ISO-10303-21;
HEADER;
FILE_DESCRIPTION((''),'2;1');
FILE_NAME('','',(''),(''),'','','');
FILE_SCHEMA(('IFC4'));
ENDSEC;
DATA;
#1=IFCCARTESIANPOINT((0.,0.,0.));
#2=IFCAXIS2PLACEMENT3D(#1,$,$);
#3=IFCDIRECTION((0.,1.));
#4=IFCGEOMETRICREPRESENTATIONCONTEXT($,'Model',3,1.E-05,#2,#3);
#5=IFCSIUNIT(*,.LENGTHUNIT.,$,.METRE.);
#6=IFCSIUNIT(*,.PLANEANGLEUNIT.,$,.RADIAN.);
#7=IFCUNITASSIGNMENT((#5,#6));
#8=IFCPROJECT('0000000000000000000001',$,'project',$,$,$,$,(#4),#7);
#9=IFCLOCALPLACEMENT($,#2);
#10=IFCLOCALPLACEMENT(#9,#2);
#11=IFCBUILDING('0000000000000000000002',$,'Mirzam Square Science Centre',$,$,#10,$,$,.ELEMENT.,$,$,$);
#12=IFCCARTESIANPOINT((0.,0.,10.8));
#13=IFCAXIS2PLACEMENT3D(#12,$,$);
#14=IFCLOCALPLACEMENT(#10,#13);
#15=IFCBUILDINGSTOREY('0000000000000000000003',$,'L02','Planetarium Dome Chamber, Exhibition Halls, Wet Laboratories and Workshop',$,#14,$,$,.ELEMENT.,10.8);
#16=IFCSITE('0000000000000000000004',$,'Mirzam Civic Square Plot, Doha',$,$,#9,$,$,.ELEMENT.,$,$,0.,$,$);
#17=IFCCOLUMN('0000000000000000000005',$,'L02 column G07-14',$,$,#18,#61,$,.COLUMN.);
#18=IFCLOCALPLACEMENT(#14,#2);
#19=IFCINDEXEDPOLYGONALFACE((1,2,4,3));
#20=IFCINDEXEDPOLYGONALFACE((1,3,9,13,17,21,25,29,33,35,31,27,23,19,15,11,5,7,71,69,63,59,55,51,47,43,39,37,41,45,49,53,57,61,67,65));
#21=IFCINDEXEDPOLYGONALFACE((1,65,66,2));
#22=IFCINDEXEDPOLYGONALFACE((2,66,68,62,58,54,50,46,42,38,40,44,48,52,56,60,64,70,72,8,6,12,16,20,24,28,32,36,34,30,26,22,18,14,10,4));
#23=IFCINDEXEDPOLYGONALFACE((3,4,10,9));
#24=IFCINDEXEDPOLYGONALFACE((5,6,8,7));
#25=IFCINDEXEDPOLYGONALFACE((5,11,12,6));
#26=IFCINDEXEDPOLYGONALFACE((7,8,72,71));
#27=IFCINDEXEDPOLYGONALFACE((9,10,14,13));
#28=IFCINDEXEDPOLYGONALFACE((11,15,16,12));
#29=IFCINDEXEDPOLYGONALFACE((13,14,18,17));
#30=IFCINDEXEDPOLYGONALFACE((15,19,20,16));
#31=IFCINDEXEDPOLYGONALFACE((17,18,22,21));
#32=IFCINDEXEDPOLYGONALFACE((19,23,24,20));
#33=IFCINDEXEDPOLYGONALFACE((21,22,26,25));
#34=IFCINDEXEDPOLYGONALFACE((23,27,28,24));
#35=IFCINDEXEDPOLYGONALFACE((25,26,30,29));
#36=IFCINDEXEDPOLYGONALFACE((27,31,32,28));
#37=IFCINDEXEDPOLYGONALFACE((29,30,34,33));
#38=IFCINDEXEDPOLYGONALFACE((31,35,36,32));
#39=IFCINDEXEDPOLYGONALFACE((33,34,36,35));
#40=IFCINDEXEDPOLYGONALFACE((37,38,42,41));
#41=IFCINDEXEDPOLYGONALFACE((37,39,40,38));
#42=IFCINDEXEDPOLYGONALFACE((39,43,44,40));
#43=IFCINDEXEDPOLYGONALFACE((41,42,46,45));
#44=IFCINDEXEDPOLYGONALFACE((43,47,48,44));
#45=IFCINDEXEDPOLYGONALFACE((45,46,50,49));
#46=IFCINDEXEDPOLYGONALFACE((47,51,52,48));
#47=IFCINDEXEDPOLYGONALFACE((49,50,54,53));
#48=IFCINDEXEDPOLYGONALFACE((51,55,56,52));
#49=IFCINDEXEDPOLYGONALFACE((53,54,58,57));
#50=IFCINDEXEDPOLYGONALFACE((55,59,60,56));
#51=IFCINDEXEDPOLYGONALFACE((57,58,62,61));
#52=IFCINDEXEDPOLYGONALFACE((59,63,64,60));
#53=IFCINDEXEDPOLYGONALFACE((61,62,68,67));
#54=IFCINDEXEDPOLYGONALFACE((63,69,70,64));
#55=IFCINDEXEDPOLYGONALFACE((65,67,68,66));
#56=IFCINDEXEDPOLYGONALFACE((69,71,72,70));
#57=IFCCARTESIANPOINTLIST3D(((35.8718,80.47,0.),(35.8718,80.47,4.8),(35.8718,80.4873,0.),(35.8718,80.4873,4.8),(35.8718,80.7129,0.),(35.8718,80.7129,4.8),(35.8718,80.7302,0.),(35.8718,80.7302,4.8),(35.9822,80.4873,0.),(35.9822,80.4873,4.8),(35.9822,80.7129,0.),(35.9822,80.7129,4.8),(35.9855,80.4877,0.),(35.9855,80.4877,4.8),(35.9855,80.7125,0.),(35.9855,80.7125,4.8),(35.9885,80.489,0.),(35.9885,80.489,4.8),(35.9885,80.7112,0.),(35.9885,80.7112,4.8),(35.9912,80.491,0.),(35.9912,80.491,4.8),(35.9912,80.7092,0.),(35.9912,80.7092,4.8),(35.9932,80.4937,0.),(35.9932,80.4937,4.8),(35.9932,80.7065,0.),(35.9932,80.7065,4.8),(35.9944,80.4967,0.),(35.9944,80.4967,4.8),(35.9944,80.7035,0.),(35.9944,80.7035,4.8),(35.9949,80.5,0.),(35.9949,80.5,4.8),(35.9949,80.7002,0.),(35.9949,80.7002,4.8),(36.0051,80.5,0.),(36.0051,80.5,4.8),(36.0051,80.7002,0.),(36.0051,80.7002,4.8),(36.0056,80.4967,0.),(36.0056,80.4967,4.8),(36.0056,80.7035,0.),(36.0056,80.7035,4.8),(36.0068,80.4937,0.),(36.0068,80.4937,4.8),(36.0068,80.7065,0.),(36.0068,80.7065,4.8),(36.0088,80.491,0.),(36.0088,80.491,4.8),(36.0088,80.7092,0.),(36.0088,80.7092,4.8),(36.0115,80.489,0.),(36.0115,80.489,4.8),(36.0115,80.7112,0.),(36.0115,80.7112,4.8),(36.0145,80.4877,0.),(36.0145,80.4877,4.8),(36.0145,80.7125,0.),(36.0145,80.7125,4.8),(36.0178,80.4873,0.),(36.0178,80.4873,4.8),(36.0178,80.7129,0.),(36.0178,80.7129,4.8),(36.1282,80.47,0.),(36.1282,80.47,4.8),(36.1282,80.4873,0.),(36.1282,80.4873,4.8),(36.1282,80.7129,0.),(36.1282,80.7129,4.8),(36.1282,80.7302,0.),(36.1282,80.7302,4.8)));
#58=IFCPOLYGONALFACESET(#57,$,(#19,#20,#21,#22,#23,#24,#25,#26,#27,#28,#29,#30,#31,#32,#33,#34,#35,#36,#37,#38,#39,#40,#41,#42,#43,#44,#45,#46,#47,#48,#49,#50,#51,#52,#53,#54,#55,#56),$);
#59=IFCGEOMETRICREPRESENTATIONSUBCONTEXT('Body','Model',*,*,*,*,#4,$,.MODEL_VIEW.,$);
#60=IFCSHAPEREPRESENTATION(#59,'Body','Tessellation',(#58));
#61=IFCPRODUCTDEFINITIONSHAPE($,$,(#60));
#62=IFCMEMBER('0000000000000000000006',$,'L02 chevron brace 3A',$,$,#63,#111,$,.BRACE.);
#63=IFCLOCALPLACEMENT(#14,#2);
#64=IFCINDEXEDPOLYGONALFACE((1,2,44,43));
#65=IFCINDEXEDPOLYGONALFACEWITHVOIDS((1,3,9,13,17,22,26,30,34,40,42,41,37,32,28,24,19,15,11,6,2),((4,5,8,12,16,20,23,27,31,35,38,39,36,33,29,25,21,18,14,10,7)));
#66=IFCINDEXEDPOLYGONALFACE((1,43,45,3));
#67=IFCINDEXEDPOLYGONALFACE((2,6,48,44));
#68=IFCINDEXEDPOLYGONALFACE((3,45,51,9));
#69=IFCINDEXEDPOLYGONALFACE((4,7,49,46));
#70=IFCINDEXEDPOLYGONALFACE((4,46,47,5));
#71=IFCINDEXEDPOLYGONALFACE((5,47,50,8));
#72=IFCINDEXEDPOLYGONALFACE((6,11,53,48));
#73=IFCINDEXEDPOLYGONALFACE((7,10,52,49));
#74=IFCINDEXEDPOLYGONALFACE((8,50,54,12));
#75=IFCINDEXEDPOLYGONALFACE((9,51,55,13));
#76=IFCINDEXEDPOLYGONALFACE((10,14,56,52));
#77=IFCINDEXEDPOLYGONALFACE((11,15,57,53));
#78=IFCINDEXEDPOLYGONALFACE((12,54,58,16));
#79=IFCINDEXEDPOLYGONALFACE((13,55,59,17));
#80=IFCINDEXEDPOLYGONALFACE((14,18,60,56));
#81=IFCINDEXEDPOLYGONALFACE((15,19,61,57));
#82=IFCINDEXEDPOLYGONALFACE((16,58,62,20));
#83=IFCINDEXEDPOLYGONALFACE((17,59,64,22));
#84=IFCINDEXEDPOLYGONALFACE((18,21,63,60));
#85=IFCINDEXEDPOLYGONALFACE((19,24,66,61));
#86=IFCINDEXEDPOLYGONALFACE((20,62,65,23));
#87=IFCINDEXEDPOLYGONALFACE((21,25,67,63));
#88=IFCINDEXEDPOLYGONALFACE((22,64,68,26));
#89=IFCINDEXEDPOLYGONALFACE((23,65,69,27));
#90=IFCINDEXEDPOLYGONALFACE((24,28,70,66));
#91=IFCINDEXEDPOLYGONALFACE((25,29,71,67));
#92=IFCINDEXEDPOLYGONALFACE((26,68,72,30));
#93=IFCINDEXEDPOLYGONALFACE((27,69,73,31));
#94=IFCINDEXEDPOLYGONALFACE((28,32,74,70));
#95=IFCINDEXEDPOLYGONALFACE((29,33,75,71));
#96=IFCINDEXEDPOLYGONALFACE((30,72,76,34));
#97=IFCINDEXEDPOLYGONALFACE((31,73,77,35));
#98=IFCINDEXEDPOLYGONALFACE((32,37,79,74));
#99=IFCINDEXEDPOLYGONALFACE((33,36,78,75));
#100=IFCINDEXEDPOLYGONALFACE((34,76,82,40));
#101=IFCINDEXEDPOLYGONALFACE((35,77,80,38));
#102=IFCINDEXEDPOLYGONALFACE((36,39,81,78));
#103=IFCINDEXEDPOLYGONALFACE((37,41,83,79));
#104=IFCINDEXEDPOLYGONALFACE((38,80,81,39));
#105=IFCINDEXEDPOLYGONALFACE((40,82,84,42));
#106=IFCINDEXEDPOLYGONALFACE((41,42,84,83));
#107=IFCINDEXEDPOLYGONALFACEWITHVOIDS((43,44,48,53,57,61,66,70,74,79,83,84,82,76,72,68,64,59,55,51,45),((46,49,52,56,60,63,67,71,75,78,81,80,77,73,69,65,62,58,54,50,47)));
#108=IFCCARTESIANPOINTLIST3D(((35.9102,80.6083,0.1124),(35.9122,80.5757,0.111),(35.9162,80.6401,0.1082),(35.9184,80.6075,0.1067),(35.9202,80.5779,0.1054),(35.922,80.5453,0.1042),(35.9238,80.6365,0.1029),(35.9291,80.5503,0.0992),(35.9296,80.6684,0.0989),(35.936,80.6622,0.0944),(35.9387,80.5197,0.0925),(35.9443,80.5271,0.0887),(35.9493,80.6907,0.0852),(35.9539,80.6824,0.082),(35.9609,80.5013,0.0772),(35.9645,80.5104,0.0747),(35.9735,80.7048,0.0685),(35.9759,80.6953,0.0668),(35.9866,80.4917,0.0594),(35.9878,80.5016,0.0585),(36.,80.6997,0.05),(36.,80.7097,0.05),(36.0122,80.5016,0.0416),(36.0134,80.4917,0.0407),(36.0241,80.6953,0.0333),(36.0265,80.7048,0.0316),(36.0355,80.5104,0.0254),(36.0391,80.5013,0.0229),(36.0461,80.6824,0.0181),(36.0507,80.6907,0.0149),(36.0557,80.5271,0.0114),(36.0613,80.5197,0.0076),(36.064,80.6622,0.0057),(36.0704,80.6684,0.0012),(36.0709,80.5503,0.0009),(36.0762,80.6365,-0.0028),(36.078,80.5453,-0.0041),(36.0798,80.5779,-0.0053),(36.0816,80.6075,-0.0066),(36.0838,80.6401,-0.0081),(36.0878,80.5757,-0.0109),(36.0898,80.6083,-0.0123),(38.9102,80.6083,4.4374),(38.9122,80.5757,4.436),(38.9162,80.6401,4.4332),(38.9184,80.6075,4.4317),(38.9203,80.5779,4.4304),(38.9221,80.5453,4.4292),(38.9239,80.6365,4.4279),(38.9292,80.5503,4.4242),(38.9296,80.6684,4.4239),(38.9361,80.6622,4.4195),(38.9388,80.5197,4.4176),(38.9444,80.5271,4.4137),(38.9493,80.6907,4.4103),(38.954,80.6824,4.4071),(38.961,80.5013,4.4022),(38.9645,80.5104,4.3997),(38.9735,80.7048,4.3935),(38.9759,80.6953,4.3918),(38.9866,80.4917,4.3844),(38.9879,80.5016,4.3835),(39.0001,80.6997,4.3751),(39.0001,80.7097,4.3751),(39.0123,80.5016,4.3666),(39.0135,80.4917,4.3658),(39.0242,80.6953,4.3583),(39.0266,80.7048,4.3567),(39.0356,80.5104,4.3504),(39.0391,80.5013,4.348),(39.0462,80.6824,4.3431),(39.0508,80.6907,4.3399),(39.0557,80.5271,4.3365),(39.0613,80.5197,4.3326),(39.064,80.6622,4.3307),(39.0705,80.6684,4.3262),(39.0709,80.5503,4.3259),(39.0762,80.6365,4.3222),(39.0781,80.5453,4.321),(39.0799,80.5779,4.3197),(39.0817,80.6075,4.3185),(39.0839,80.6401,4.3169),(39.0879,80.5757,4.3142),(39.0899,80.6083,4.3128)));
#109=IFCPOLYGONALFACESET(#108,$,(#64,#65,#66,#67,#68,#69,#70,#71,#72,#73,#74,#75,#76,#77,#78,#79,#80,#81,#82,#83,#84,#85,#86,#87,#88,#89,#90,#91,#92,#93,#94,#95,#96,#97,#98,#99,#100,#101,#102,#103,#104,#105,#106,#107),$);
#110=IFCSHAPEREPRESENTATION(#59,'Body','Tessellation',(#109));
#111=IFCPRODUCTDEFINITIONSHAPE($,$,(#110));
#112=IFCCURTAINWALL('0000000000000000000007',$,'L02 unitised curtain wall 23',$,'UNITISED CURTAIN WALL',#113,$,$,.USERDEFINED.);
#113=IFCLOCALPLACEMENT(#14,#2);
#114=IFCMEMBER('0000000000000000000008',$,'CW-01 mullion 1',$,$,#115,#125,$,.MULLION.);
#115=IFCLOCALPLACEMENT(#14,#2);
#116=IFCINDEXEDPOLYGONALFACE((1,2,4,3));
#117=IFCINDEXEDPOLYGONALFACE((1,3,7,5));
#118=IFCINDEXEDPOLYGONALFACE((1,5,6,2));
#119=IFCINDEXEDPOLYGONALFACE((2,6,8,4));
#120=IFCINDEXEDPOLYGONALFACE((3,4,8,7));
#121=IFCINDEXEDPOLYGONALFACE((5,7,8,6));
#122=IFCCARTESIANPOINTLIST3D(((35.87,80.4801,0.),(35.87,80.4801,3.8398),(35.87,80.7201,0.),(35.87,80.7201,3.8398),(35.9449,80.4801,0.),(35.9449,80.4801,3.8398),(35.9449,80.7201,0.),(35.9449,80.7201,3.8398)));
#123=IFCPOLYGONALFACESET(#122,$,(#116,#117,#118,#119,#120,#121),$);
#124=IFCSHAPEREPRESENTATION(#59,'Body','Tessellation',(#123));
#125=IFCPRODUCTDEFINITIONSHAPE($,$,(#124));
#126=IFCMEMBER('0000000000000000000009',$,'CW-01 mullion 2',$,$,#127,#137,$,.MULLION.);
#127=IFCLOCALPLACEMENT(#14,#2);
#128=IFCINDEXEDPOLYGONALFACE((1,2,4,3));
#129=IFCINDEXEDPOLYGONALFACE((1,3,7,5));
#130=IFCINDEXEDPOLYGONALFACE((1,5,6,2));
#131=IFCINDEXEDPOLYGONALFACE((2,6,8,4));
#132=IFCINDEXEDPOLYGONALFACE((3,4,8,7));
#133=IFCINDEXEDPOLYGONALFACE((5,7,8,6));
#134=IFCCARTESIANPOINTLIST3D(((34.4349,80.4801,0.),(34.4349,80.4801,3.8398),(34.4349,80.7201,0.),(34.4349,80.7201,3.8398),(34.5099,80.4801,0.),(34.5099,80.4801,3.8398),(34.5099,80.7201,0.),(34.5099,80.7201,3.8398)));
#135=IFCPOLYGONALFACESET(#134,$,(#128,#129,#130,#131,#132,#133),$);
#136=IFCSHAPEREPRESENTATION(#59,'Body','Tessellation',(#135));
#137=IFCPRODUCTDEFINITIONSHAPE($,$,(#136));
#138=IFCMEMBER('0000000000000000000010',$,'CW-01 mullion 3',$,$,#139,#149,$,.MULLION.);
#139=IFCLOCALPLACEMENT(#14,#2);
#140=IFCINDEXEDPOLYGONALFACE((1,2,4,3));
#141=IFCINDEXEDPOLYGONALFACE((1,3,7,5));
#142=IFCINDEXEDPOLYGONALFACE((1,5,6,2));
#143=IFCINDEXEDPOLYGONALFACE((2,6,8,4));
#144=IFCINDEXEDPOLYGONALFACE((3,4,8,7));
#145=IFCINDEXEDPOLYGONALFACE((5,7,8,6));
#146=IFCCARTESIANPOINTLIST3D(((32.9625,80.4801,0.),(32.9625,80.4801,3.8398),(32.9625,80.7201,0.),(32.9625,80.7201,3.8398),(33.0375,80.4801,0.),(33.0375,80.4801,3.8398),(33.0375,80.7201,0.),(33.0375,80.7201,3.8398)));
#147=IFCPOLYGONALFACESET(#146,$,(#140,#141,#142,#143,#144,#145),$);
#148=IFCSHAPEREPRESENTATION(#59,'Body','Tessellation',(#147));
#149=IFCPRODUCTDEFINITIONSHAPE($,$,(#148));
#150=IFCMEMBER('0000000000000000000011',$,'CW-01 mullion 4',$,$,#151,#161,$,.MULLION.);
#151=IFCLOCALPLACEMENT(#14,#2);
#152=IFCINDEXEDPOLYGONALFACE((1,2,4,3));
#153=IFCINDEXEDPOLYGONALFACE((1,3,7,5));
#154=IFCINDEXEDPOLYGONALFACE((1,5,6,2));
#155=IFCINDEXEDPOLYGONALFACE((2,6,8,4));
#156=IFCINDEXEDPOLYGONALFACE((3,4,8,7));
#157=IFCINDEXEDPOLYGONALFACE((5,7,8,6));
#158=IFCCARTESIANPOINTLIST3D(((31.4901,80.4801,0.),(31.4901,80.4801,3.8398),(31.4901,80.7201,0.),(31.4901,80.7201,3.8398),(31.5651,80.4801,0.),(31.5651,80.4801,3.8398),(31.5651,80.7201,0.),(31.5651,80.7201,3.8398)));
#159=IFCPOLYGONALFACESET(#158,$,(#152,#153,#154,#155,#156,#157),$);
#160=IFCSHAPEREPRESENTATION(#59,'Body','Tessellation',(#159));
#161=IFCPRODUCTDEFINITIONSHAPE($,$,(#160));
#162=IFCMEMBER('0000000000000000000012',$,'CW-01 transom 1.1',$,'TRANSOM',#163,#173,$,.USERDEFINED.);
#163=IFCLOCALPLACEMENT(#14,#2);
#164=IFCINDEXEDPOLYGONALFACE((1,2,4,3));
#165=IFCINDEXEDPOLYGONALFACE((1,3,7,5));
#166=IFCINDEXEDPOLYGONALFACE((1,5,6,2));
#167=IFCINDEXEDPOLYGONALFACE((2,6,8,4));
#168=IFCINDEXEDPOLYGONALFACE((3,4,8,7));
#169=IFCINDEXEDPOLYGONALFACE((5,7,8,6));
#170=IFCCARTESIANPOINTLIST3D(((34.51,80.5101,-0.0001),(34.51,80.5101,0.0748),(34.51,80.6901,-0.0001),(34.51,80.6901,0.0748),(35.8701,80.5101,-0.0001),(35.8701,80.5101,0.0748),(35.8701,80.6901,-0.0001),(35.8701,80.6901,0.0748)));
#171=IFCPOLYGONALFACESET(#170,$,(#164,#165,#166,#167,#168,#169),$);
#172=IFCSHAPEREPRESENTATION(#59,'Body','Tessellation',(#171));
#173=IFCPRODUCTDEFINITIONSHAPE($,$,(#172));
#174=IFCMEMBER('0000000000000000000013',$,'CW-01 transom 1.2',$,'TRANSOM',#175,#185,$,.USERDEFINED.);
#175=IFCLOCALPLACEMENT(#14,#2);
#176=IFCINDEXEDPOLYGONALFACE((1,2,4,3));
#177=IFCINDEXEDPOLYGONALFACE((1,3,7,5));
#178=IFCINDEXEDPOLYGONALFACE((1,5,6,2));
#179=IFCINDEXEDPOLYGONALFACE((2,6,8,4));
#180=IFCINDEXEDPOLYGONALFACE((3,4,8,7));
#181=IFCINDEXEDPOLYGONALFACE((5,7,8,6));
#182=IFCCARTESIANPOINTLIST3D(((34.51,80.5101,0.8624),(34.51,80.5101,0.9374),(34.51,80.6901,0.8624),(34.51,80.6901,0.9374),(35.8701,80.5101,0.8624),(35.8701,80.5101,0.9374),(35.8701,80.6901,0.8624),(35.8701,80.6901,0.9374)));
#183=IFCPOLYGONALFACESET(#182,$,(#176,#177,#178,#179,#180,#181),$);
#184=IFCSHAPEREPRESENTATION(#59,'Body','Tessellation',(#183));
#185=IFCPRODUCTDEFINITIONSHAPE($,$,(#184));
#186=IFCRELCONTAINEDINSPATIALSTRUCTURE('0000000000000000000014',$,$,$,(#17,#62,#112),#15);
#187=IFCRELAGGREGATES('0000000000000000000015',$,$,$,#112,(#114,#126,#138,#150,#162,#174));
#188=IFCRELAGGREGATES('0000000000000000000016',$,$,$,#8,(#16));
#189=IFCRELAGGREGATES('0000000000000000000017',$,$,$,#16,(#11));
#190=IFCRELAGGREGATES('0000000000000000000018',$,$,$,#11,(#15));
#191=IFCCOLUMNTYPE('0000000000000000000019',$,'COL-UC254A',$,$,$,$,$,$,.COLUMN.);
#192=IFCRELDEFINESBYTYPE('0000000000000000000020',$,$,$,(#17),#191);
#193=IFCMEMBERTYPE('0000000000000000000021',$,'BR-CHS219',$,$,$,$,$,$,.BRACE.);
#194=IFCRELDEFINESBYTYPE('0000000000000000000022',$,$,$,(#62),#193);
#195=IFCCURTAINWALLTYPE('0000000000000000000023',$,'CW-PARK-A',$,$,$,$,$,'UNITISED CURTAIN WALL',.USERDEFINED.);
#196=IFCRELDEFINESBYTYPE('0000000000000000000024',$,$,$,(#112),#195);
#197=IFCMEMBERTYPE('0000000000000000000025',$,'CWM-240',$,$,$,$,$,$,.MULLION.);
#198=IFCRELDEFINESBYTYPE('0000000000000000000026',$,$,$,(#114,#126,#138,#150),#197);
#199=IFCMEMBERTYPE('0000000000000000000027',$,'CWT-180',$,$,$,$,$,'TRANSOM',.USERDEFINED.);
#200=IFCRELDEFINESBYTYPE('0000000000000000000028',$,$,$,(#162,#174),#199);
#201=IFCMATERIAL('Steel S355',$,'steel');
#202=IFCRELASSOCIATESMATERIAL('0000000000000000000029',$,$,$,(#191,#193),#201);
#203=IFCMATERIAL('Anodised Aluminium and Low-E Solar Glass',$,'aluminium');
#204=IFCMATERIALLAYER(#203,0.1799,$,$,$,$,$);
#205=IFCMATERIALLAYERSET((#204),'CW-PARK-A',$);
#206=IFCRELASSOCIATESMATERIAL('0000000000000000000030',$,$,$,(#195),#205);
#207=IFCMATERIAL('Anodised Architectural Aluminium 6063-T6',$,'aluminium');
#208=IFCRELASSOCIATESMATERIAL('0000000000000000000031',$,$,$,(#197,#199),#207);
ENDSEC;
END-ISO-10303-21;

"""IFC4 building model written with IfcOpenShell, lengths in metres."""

from ifc_helpers import new_model, si_unit, direction, frame, origin, origin_2d, place, context, subcontext, project, spatial, rectangle, hollow_circle, i_section, extrude, material, layer, layer_set, material_profile, profile_set, type_object, element, aggregate, save


model = new_model("IFC4")

# Units and contexts
model_context = context("Model", 3, precision=1e-05, world=origin(), true_north=direction((0.0, 1.0)))
body_context = subcontext(model_context, "Body", "Model", "MODEL_VIEW")
ifc_project = project(units=[si_unit("LENGTHUNIT", "METRE"), si_unit("PLANEANGLEUNIT", "RADIAN")], contexts=[model_context])

# Site, building, storey
site_placement = place(None, origin())
site = spatial("IfcSite", under=ifc_project, at=site_placement, Name="Mirzam Civic Square Plot, Doha", CompositionType="ELEMENT", RefElevation=0.0)
building_placement = place(site_placement, origin())
building = spatial("IfcBuilding", under=site, at=building_placement, Name="Mirzam Square Science Centre", CompositionType="ELEMENT")
storey_placement = place(building_placement, frame((0.0, 0.0, 10.8)))
storey = spatial("IfcBuildingStorey", under=building, at=storey_placement, Name="L02", Description="Planetarium Dome Chamber, Exhibition Halls, Wet Laboratories and Workshop", CompositionType="ELEMENT", Elevation=10.8)

# Column
ifc_material_1 = material(Name="Steel S355", Category="steel")
ifc_material_profile_1 = material_profile(ifc_material_1, i_section(OverallWidth=0.2563, OverallDepth=0.2603, WebThickness=0.0103, FlangeThickness=0.0173, FilletRadius=0.0127, at=origin_2d()), Name="254x254x89UC")
ifc_profile_set_1 = profile_set([ifc_material_profile_1], Name="Steel S355")
column_type = type_object("IfcColumnType", Name="COL-UC254A", PredefinedType="COLUMN", material=ifc_profile_set_1)
column_placement = place(storey_placement, frame((36.0, 80.6001, 0.0), z_axis=(0.0, 0.0, 1.0), x_axis=(1.0, 0.0, 0.0)))
element("IfcColumn", 1, at=column_placement, inside=storey, type_object=column_type, Name="L02 column G07-14", PredefinedType="COLUMN", context=body_context, shape_type="SweptSolid", body=[
    extrude(i_section(OverallWidth=0.2563, OverallDepth=0.2603, WebThickness=0.0103, FlangeThickness=0.0173, FilletRadius=0.0127, at=origin_2d()), origin(), (0.0, 0.0, 1.0), 4.8),
])

# Member
ifc_material_profile_2 = material_profile(ifc_material_1, hollow_circle(Radius=0.1096, WallThickness=0.01, at=origin_2d()), Name="219.1x10.0CHS")
ifc_profile_set_2 = profile_set([ifc_material_profile_2], Name="Steel S355")
member_type_1 = type_object("IfcMemberType", Name="BR-CHS219", PredefinedType="BRACE", material=ifc_profile_set_2)
member_1_placement = place(storey_placement, frame((36.0, 80.6001, 0.05), z_axis=(0.569955, 0.0, 0.821676), x_axis=(0.0, 1.0, 0.0)))
element("IfcMember", 2, at=member_1_placement, inside=storey, type_object=member_type_1, Name="L02 chevron brace 3A", PredefinedType="BRACE", context=body_context, shape_type="SweptSolid", body=[
    extrude(hollow_circle(Radius=0.1096, WallThickness=0.01, at=origin_2d()), origin(), (0.0, 0.0, 1.0), 5.2637),
])

# Curtain wall, members
ifc_material_2 = material(Name="Anodised Aluminium and Low-E Solar Glass", Category="aluminium")
ifc_layer_1 = layer(ifc_material_2, 0.1799)
ifc_layer_set_1 = layer_set([ifc_layer_1], Name="CW-PARK-A")
curtain_wall_type = type_object("IfcCurtainWallType", Name="CW-PARK-A", ElementType="UNITISED CURTAIN WALL", PredefinedType="USERDEFINED", material=ifc_layer_set_1)
curtain_wall_placement = place(storey_placement, origin())
curtain_wall = element("IfcCurtainWall", 3, at=curtain_wall_placement, inside=storey, type_object=curtain_wall_type, Name="L02 unitised curtain wall 23", ObjectType="UNITISED CURTAIN WALL", PredefinedType="USERDEFINED")
ifc_material_3 = material(Name="Anodised Architectural Aluminium 6063-T6", Category="aluminium")
ifc_material_profile_3 = material_profile(ifc_material_3, rectangle(XDim=0.075, YDim=0.24, at=origin_2d()), Name="ALU-MULL-240x75x5")
ifc_profile_set_3 = profile_set([ifc_material_profile_3], Name="Anodised Architectural Aluminium 6063-T6")
member_type_2 = type_object("IfcMemberType", Name="CWM-240", PredefinedType="MULLION", material=ifc_profile_set_3)
member_2_placement = place(storey_placement, frame((35.9075, 80.6001, 0.0), z_axis=(0.0, 0.0, 1.0), x_axis=(-1.0, 0.0, 0.0)))
member_2 = element("IfcMember", 4, at=member_2_placement, type_object=member_type_2, Name="CW-01 mullion 1", PredefinedType="MULLION", context=body_context, shape_type="SweptSolid", body=[
    extrude(rectangle(XDim=0.075, YDim=0.24, at=origin_2d()), origin(), (0.0, 0.0, 1.0), 3.8398),
])
member_3_placement = place(storey_placement, frame((34.4724, 80.6001, 0.0), z_axis=(0.0, 0.0, 1.0), x_axis=(-1.0, 0.0, 0.0)))
member_3 = element("IfcMember", 5, at=member_3_placement, type_object=member_type_2, Name="CW-01 mullion 2", PredefinedType="MULLION", context=body_context, shape_type="SweptSolid", body=[
    extrude(rectangle(XDim=0.075, YDim=0.24, at=origin_2d()), origin(), (0.0, 0.0, 1.0), 3.8398),
])
member_4_placement = place(storey_placement, frame((33.0, 80.6001, 0.0), z_axis=(0.0, 0.0, 1.0), x_axis=(-1.0, 0.0, 0.0)))
member_4 = element("IfcMember", 6, at=member_4_placement, type_object=member_type_2, Name="CW-01 mullion 3", PredefinedType="MULLION", context=body_context, shape_type="SweptSolid", body=[
    extrude(rectangle(XDim=0.075, YDim=0.24, at=origin_2d()), origin(), (0.0, 0.0, 1.0), 3.8398),
])
member_5_placement = place(storey_placement, frame((31.5276, 80.6001, 0.0), z_axis=(0.0, 0.0, 1.0), x_axis=(-1.0, 0.0, 0.0)))
member_5 = element("IfcMember", 7, at=member_5_placement, type_object=member_type_2, Name="CW-01 mullion 4", PredefinedType="MULLION", context=body_context, shape_type="SweptSolid", body=[
    extrude(rectangle(XDim=0.075, YDim=0.24, at=origin_2d()), origin(), (0.0, 0.0, 1.0), 3.8398),
])
ifc_material_profile_4 = material_profile(ifc_material_3, rectangle(XDim=0.1799, YDim=0.075, at=origin_2d()), Name="ALU-TRAN-180x75x5")
ifc_profile_set_4 = profile_set([ifc_material_profile_4], Name="Anodised Architectural Aluminium 6063-T6")
member_type_3 = type_object("IfcMemberType", Name="CWT-180", ElementType="TRANSOM", PredefinedType="USERDEFINED", material=ifc_profile_set_4)
member_6_placement = place(storey_placement, frame((35.8701, 80.6001, 0.0374), z_axis=(-1.0, 0.0, 0.0), x_axis=(0.0, -1.0, 0.0)))
member_6 = element("IfcMember", 8, at=member_6_placement, type_object=member_type_3, Name="CW-01 transom 1.1", ObjectType="TRANSOM", PredefinedType="USERDEFINED", context=body_context, shape_type="SweptSolid", body=[
    extrude(rectangle(XDim=0.1799, YDim=0.075, at=origin_2d()), origin(), (0.0, 0.0, 1.0), 1.3601),
])
member_7_placement = place(storey_placement, frame((35.8701, 80.6001, 0.8999), z_axis=(-1.0, 0.0, 0.0), x_axis=(0.0, -1.0, 0.0)))
member_7 = element("IfcMember", 9, at=member_7_placement, type_object=member_type_3, Name="CW-01 transom 1.2", ObjectType="TRANSOM", PredefinedType="USERDEFINED", context=body_context, shape_type="SweptSolid", body=[
    extrude(rectangle(XDim=0.1799, YDim=0.075, at=origin_2d()), origin(), (0.0, 0.0, 1.0), 1.3601),
])

aggregate(curtain_wall, [member_2, member_3, member_4, member_5, member_6, member_7])

save(model, "model.ifc")
